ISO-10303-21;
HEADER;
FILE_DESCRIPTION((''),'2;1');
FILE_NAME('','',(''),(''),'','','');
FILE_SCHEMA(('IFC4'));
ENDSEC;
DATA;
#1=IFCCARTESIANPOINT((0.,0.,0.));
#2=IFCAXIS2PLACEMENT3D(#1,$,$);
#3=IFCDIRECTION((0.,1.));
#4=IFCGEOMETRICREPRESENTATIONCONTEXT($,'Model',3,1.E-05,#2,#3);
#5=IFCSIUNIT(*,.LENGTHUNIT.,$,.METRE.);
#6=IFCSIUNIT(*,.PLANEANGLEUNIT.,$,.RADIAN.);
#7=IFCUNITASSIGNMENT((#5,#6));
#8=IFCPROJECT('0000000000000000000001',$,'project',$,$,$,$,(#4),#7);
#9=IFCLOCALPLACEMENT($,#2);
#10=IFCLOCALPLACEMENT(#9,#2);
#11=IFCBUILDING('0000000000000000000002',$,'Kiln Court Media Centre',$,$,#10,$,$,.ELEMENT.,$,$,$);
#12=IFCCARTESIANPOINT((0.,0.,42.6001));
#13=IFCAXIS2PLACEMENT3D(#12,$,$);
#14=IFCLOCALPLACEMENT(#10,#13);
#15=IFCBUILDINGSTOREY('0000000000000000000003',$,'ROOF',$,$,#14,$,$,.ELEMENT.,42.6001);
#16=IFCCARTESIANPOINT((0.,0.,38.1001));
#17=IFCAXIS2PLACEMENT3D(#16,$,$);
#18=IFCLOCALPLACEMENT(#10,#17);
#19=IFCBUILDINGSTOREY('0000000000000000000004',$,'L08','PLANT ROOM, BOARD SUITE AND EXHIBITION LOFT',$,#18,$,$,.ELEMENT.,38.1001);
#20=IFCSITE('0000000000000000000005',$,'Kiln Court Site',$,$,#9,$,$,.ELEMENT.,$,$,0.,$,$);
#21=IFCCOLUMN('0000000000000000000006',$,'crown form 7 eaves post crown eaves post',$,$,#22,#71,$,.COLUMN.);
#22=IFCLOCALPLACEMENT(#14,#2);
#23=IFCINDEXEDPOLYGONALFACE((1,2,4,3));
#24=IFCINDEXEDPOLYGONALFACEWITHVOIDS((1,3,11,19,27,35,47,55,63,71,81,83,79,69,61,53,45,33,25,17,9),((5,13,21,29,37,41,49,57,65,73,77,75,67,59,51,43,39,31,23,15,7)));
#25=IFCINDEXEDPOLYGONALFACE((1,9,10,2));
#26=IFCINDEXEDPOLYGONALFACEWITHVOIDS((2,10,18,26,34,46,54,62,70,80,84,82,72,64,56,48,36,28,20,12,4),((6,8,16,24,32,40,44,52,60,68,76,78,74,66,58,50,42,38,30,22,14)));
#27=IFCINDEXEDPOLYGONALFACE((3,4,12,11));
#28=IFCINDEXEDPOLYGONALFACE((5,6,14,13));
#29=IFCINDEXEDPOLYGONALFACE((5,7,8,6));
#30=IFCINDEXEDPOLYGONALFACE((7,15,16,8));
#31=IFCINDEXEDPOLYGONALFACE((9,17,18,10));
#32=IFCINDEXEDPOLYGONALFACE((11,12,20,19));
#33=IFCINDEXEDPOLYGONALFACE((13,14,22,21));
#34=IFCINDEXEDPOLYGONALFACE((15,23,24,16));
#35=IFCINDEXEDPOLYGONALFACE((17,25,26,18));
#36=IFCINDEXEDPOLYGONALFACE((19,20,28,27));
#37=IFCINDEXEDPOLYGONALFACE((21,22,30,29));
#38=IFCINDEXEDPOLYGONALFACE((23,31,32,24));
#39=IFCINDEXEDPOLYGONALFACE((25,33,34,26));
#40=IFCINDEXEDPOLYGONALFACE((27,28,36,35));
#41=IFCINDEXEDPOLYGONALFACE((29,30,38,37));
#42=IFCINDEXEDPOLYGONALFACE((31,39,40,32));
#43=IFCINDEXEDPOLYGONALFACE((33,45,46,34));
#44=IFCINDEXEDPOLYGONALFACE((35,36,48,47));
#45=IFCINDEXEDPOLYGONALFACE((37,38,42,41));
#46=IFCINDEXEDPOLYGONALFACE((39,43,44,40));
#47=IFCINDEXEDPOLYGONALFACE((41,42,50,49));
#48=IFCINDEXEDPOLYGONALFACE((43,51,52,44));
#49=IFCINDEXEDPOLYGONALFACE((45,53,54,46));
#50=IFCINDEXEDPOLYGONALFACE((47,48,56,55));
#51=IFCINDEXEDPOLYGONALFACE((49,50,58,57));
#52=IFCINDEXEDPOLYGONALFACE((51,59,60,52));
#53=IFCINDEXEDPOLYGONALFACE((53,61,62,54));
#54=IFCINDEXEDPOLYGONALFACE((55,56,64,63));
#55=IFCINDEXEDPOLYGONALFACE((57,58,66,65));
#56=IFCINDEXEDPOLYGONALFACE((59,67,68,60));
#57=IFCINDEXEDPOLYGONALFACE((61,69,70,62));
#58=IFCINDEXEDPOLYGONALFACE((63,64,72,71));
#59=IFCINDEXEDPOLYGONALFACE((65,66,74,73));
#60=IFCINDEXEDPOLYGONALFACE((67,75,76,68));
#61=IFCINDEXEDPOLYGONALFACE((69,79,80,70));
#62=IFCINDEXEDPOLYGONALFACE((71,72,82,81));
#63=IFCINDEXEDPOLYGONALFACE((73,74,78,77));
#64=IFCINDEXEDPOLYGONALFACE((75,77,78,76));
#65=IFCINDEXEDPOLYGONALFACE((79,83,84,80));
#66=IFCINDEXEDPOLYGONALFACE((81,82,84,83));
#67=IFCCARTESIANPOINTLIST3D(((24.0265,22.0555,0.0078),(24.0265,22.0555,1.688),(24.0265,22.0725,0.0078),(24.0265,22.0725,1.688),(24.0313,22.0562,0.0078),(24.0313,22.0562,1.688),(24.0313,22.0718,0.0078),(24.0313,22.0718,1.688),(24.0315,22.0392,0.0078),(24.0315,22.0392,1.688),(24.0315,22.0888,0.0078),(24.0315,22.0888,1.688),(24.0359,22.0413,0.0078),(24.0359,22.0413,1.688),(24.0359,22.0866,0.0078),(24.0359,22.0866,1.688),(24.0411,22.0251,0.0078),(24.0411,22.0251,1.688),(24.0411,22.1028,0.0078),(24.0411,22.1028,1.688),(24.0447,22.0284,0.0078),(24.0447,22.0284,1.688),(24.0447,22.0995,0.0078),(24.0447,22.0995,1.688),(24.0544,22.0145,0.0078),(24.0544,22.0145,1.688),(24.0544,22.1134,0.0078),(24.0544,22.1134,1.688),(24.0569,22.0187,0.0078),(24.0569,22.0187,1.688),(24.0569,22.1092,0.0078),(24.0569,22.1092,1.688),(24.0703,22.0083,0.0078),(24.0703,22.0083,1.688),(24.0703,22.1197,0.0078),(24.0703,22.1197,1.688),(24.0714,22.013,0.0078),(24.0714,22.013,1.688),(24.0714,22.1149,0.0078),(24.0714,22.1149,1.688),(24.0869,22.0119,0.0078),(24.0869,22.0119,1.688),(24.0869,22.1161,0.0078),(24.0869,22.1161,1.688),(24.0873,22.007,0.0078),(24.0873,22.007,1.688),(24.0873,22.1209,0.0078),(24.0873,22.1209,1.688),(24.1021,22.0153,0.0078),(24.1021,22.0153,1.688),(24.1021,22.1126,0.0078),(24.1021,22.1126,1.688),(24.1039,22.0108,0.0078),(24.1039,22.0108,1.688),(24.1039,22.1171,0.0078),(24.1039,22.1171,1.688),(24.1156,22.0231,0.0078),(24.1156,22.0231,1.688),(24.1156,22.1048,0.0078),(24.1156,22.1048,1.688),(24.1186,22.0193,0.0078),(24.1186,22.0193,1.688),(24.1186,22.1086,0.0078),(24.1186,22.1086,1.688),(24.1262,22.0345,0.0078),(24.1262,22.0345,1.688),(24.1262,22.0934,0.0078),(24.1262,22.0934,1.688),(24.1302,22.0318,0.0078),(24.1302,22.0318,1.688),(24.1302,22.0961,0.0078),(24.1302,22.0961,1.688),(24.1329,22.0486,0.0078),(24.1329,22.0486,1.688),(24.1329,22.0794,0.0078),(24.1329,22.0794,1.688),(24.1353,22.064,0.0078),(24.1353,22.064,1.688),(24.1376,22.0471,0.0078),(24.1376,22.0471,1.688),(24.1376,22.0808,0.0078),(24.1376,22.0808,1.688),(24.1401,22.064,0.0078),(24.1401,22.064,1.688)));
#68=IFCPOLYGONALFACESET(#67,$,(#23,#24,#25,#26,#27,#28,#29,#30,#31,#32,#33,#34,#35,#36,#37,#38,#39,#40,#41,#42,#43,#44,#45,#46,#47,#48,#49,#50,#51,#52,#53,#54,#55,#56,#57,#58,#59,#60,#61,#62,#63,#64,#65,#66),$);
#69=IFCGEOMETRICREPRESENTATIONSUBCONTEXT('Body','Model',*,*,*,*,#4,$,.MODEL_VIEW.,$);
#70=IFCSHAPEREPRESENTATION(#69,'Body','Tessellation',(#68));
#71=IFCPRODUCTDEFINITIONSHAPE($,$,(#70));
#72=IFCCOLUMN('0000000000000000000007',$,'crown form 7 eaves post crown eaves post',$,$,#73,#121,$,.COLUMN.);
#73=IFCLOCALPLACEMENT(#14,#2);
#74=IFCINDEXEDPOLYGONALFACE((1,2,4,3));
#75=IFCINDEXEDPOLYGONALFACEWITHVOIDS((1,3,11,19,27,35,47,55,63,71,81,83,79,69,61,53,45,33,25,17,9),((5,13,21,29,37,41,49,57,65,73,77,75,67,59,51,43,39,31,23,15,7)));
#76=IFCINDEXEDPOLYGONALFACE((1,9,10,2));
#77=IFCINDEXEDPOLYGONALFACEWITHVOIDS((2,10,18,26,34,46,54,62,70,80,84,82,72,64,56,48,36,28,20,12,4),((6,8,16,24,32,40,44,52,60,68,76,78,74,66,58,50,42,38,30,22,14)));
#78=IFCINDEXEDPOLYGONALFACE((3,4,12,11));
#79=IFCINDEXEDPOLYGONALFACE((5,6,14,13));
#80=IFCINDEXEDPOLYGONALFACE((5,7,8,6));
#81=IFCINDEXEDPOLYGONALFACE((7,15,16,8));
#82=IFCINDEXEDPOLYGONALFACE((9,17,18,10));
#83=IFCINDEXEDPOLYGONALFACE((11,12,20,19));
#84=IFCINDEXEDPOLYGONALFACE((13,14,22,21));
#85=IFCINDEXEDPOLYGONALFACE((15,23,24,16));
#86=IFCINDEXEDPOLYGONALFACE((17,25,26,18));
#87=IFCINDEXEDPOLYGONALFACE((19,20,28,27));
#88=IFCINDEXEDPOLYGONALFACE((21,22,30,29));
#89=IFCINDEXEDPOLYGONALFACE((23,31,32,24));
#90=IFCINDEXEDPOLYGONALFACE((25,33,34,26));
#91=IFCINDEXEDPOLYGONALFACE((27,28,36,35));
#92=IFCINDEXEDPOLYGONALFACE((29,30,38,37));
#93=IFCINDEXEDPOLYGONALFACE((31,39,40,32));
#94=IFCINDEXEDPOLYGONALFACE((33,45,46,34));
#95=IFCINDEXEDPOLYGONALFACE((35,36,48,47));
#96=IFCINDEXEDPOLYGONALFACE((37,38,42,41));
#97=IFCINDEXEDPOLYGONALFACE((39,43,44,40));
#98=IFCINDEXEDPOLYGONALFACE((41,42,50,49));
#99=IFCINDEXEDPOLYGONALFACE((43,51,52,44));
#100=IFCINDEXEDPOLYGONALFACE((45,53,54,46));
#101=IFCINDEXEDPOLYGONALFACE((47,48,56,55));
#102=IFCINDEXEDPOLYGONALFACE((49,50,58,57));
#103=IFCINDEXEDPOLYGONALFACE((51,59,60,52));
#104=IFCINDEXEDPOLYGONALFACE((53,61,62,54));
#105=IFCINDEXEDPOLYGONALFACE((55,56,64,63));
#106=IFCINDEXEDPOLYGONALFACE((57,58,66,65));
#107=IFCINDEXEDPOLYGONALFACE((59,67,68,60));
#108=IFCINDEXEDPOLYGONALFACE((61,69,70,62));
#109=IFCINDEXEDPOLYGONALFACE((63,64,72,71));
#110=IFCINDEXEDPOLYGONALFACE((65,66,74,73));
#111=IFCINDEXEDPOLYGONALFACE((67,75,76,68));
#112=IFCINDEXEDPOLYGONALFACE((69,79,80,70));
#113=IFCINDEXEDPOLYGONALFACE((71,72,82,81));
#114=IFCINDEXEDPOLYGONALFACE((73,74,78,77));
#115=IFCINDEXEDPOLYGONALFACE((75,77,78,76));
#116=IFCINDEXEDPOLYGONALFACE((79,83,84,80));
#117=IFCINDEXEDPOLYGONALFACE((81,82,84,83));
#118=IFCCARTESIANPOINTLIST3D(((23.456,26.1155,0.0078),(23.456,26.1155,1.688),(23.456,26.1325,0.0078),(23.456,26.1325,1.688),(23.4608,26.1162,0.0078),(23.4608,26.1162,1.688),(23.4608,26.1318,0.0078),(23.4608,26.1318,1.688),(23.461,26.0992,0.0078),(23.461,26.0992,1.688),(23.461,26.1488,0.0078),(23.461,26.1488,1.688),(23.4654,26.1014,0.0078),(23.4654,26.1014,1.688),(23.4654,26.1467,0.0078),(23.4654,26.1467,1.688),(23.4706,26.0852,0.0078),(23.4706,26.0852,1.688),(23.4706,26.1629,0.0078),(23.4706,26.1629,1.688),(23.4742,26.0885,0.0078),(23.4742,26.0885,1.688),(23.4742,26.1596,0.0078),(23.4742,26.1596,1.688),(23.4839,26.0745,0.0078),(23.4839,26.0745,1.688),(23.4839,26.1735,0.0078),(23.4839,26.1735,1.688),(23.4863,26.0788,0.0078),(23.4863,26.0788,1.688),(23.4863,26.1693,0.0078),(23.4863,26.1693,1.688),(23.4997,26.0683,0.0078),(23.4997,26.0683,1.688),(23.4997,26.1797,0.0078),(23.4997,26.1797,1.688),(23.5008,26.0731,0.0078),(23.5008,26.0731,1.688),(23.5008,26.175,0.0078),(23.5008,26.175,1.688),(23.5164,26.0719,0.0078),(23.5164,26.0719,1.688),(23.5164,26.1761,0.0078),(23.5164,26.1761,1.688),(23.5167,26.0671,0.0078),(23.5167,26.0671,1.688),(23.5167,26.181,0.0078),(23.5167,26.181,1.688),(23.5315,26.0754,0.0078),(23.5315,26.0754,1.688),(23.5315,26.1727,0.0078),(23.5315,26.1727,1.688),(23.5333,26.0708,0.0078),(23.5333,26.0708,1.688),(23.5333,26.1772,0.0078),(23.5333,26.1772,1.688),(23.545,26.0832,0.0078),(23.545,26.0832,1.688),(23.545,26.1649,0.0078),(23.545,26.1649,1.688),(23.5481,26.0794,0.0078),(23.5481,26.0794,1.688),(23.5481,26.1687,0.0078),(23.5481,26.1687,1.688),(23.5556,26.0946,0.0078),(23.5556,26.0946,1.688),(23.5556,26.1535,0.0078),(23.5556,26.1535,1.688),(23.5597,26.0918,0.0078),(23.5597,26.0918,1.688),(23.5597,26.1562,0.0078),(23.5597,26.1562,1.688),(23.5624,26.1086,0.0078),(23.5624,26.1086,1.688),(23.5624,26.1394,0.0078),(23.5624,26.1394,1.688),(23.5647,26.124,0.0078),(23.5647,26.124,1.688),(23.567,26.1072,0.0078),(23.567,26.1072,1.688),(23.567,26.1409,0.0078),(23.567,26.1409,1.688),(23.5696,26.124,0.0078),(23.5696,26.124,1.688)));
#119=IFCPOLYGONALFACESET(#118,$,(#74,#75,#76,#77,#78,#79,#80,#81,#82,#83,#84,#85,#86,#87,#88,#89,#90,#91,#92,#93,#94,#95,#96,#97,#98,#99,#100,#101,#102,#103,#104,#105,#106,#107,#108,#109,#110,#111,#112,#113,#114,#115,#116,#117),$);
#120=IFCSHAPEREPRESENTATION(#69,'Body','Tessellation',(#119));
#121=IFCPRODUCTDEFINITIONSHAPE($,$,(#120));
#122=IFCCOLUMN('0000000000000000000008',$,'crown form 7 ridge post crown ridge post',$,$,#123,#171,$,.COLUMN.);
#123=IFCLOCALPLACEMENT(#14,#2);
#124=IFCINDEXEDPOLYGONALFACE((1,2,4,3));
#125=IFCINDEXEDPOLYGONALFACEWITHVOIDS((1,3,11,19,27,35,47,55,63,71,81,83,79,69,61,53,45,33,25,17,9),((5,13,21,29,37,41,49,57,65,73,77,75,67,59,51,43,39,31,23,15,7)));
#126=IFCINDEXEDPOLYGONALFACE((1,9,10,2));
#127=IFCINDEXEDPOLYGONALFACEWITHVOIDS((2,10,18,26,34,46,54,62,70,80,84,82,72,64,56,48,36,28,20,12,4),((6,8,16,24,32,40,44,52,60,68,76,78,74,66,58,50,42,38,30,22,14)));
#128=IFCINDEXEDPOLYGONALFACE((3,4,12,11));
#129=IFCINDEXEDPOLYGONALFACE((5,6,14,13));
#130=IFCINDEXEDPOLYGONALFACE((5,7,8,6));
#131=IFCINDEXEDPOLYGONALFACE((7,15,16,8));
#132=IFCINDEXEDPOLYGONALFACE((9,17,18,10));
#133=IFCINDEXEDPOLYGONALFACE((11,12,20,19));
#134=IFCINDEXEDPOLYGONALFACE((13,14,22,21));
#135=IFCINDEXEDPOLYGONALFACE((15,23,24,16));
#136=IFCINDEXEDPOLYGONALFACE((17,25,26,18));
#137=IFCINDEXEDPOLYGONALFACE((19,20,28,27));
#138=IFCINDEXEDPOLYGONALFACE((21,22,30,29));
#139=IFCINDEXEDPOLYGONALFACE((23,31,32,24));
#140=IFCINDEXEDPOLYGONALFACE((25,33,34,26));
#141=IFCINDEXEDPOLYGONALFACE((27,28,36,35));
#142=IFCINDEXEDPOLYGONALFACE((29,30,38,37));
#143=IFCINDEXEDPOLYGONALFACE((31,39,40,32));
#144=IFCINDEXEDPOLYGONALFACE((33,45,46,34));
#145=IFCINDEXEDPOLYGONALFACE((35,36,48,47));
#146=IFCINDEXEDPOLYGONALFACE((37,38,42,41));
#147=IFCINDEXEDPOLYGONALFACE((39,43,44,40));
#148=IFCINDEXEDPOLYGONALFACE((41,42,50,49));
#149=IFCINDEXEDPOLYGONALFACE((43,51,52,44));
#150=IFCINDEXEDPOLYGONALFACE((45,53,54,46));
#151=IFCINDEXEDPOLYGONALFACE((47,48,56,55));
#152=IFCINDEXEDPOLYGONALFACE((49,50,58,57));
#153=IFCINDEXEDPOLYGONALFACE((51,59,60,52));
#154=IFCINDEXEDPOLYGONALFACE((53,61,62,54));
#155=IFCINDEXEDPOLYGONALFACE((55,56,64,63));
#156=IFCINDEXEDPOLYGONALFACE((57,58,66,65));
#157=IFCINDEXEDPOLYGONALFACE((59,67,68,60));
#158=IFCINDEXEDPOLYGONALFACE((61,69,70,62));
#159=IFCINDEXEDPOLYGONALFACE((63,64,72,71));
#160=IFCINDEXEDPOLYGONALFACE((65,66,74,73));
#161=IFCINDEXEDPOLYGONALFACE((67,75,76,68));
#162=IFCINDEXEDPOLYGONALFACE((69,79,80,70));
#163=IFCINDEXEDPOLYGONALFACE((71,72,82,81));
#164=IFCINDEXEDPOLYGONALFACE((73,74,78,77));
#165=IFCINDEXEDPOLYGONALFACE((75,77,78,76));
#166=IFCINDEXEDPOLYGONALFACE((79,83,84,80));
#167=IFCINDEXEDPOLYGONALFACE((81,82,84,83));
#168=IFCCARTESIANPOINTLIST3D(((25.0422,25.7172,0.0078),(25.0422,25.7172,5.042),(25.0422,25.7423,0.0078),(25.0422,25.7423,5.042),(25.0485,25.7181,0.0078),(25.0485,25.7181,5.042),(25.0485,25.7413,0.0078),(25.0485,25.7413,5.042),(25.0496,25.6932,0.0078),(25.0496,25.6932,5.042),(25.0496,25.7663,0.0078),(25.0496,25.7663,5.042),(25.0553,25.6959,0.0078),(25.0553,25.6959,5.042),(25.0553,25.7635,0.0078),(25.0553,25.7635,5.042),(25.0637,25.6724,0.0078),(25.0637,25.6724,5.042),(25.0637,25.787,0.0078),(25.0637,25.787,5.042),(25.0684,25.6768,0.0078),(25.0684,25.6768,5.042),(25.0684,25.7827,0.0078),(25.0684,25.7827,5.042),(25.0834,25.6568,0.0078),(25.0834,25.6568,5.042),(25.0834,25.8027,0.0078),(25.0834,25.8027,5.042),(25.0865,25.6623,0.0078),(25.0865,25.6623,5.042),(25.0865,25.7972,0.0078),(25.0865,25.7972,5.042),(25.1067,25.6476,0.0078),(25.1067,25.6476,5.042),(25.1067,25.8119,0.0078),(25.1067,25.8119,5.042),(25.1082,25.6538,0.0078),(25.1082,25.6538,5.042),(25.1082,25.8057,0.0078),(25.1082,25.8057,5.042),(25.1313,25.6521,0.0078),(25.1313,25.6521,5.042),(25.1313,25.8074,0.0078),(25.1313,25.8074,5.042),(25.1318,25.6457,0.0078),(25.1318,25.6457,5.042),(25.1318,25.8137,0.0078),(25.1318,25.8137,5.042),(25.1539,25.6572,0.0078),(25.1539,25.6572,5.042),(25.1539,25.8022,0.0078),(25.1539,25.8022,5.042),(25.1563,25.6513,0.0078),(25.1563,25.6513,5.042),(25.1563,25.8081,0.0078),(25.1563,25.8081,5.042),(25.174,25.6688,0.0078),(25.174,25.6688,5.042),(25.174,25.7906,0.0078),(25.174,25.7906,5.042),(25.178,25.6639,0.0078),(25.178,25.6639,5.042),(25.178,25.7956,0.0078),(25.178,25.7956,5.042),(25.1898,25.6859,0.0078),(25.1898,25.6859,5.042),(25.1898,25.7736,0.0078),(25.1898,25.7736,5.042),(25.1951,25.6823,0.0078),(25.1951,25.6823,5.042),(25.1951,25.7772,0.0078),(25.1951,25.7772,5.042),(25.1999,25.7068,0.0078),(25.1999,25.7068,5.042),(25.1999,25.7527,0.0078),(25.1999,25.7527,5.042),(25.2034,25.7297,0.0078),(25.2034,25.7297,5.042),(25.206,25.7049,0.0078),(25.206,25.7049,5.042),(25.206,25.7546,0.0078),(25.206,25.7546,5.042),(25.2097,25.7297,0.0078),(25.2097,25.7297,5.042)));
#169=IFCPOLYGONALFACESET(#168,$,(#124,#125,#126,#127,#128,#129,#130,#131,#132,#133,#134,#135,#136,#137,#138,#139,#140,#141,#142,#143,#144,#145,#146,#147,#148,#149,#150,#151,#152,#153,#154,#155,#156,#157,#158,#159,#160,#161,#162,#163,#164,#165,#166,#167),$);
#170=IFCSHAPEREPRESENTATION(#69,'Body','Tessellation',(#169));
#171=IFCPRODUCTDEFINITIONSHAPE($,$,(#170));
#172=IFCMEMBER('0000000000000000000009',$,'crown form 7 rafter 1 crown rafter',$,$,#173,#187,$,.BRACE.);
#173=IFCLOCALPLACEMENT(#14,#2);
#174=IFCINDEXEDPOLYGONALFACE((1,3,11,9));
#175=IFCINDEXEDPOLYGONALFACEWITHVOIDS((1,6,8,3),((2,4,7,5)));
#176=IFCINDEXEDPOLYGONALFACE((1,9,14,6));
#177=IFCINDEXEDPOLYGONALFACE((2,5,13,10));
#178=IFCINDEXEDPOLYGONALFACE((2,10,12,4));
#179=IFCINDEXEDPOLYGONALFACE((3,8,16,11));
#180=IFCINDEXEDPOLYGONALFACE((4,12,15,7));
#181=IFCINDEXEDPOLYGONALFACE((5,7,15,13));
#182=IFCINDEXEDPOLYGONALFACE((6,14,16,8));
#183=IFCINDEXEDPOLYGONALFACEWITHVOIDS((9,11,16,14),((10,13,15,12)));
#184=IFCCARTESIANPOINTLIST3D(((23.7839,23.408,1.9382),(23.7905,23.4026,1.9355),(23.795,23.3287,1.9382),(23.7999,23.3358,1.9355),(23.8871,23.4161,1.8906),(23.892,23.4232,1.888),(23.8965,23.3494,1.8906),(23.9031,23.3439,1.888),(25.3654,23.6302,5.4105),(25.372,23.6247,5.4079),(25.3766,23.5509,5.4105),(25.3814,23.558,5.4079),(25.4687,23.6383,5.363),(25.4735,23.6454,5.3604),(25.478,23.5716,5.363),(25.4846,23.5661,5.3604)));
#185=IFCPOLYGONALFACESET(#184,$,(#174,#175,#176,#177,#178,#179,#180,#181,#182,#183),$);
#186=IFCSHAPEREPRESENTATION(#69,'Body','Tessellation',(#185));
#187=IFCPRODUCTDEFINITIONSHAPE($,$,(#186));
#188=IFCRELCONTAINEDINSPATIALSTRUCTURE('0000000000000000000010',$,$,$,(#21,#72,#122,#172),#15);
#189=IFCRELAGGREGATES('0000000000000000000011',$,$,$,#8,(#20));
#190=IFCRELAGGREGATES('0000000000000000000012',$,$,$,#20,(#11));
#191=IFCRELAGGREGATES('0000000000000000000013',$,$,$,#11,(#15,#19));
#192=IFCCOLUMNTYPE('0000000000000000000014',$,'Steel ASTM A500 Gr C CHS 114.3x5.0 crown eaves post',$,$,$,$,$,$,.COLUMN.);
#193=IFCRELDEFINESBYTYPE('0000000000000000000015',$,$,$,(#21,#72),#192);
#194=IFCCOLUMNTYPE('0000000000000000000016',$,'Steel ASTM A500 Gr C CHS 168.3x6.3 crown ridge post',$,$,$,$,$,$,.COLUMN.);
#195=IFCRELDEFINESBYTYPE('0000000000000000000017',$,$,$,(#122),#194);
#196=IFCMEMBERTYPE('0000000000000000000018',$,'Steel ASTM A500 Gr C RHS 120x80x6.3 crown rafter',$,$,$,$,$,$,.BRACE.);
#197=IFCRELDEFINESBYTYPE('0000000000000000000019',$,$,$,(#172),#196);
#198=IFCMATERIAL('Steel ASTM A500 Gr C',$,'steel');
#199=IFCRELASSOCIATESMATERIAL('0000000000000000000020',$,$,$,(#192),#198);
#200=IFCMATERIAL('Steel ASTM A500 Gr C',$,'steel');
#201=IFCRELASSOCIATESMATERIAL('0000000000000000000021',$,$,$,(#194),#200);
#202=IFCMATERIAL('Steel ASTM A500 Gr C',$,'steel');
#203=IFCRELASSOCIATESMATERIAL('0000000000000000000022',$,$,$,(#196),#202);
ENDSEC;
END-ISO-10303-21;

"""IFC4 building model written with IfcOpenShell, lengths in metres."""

from ifc_helpers import new_model, si_unit, direction, frame, origin, origin_2d, place, context, subcontext, project, spatial, hollow_rectangle, hollow_circle, extrude, material, material_profile, profile_set, type_object, element, save


model = new_model("IFC4")

# Units and contexts
model_context = context("Model", 3, precision=1e-05, world=origin(), true_north=direction((0.0, 1.0)))
body_context = subcontext(model_context, "Body", "Model", "MODEL_VIEW")
ifc_project = project(units=[si_unit("LENGTHUNIT", "METRE"), si_unit("PLANEANGLEUNIT", "RADIAN")], contexts=[model_context])

# Site, building, storey
site_placement = place(None, origin())
site = spatial("IfcSite", under=ifc_project, at=site_placement, Name="Kiln Court Site", CompositionType="ELEMENT", RefElevation=0.0)
building_placement = place(site_placement, origin())
building = spatial("IfcBuilding", under=site, at=building_placement, Name="Kiln Court Media Centre", CompositionType="ELEMENT")
storey_1_placement = place(building_placement, frame((0.0, 0.0, 42.6001)))
storey_1 = spatial("IfcBuildingStorey", under=building, at=storey_1_placement, Name="ROOF", CompositionType="ELEMENT", Elevation=42.6001)

# Columns
ifc_material_1 = material(Name="Steel ASTM A500 Gr C", Category="steel")
ifc_material_profile_1 = material_profile(ifc_material_1, hollow_circle(Radius=0.0571, WallThickness=0.0049, at=origin_2d()), Name="CHS 114.3x5.0")
ifc_profile_set_1 = profile_set([ifc_material_profile_1], Name="Steel ASTM A500 Gr C")
column_type_1 = type_object("IfcColumnType", Name="Steel ASTM A500 Gr C CHS 114.3x5.0 crown eaves post", PredefinedType="COLUMN", material=ifc_profile_set_1)
for number, where, z_axis, x_axis, name in (
    (1, (24.083, 22.064, 0.0078), (0.0, 0.0, 1.0), (1.0, 0.0, 0.0), "crown form 7 eaves post crown eaves post"),
    (2, (23.5125, 26.124, 0.0078), (0.0, 0.0, 1.0), (1.0, 0.0, 0.0), "crown form 7 eaves post crown eaves post"),
):
    element("IfcColumn", number, at=place(storey_1_placement, frame(where, z_axis=z_axis, x_axis=x_axis)), inside=storey_1, type_object=column_type_1, Name=name, PredefinedType="COLUMN", context=body_context, shape_type="SweptSolid", body=[
        extrude(hollow_circle(Radius=0.0571, WallThickness=0.0049, at=origin_2d()), origin(), (0.0, 0.0, 1.0), 1.6802),
    ])
ifc_material_2 = material(Name="Steel ASTM A500 Gr C", Category="steel")
ifc_material_profile_2 = material_profile(ifc_material_2, hollow_circle(Radius=0.0842, WallThickness=0.0063, at=origin_2d()), Name="CHS 168.3x6.3")
ifc_profile_set_2 = profile_set([ifc_material_profile_2], Name="Steel ASTM A500 Gr C")
column_type_2 = type_object("IfcColumnType", Name="Steel ASTM A500 Gr C CHS 168.3x6.3 crown ridge post", PredefinedType="COLUMN", material=ifc_profile_set_2)
column_placement = place(storey_1_placement, frame((25.1255, 25.7297, 0.0078), z_axis=(0.0, 0.0, 1.0), x_axis=(1.0, 0.0, 0.0)))
element("IfcColumn", 3, at=column_placement, inside=storey_1, type_object=column_type_2, Name="crown form 7 ridge post crown ridge post", PredefinedType="COLUMN", context=body_context, shape_type="SweptSolid", body=[
    extrude(hollow_circle(Radius=0.0842, WallThickness=0.0063, at=origin_2d()), origin(), (0.0, 0.0, 1.0), 5.0342),
])

# Member
ifc_material_3 = material(Name="Steel ASTM A500 Gr C", Category="steel")
ifc_material_profile_3 = material_profile(ifc_material_3, hollow_rectangle(XDim=0.0801, YDim=0.1201, WallThickness=0.0063, at=origin_2d()), Name="RHS 120x80x6.3")
ifc_profile_set_3 = profile_set([ifc_material_profile_3], Name="Steel ASTM A500 Gr C")
member_type = type_object("IfcMemberType", Name="Steel ASTM A500 Gr C RHS 120x80x6.3 crown rafter", PredefinedType="BRACE", material=ifc_profile_set_3)
for number, where, z_axis, x_axis, name in (
    (4, (23.8435, 23.376, 1.9131), (0.413791, 0.058128, 0.908514), (-0.13911, 0.990277, 0.0), "crown form 7 rafter 1 crown rafter"),
):
    element("IfcMember", number, at=place(storey_1_placement, frame(where, z_axis=z_axis, x_axis=x_axis)), inside=storey_1, type_object=member_type, Name=name, PredefinedType="BRACE", context=body_context, shape_type="SweptSolid", body=[
        extrude(hollow_rectangle(XDim=0.0801, YDim=0.1201, WallThickness=0.0063, at=origin_2d()), origin(), (0.0, 0.0, 1.0), 3.822),
    ])

# Shared definitions
storey_2_placement = place(building_placement, frame((0.0, 0.0, 38.1001)))
storey_2 = spatial("IfcBuildingStorey", under=building, at=storey_2_placement, Name="L08", Description="PLANT ROOM, BOARD SUITE AND EXHIBITION LOFT", CompositionType="ELEMENT", Elevation=38.1001)

save(model, "model.ifc")
